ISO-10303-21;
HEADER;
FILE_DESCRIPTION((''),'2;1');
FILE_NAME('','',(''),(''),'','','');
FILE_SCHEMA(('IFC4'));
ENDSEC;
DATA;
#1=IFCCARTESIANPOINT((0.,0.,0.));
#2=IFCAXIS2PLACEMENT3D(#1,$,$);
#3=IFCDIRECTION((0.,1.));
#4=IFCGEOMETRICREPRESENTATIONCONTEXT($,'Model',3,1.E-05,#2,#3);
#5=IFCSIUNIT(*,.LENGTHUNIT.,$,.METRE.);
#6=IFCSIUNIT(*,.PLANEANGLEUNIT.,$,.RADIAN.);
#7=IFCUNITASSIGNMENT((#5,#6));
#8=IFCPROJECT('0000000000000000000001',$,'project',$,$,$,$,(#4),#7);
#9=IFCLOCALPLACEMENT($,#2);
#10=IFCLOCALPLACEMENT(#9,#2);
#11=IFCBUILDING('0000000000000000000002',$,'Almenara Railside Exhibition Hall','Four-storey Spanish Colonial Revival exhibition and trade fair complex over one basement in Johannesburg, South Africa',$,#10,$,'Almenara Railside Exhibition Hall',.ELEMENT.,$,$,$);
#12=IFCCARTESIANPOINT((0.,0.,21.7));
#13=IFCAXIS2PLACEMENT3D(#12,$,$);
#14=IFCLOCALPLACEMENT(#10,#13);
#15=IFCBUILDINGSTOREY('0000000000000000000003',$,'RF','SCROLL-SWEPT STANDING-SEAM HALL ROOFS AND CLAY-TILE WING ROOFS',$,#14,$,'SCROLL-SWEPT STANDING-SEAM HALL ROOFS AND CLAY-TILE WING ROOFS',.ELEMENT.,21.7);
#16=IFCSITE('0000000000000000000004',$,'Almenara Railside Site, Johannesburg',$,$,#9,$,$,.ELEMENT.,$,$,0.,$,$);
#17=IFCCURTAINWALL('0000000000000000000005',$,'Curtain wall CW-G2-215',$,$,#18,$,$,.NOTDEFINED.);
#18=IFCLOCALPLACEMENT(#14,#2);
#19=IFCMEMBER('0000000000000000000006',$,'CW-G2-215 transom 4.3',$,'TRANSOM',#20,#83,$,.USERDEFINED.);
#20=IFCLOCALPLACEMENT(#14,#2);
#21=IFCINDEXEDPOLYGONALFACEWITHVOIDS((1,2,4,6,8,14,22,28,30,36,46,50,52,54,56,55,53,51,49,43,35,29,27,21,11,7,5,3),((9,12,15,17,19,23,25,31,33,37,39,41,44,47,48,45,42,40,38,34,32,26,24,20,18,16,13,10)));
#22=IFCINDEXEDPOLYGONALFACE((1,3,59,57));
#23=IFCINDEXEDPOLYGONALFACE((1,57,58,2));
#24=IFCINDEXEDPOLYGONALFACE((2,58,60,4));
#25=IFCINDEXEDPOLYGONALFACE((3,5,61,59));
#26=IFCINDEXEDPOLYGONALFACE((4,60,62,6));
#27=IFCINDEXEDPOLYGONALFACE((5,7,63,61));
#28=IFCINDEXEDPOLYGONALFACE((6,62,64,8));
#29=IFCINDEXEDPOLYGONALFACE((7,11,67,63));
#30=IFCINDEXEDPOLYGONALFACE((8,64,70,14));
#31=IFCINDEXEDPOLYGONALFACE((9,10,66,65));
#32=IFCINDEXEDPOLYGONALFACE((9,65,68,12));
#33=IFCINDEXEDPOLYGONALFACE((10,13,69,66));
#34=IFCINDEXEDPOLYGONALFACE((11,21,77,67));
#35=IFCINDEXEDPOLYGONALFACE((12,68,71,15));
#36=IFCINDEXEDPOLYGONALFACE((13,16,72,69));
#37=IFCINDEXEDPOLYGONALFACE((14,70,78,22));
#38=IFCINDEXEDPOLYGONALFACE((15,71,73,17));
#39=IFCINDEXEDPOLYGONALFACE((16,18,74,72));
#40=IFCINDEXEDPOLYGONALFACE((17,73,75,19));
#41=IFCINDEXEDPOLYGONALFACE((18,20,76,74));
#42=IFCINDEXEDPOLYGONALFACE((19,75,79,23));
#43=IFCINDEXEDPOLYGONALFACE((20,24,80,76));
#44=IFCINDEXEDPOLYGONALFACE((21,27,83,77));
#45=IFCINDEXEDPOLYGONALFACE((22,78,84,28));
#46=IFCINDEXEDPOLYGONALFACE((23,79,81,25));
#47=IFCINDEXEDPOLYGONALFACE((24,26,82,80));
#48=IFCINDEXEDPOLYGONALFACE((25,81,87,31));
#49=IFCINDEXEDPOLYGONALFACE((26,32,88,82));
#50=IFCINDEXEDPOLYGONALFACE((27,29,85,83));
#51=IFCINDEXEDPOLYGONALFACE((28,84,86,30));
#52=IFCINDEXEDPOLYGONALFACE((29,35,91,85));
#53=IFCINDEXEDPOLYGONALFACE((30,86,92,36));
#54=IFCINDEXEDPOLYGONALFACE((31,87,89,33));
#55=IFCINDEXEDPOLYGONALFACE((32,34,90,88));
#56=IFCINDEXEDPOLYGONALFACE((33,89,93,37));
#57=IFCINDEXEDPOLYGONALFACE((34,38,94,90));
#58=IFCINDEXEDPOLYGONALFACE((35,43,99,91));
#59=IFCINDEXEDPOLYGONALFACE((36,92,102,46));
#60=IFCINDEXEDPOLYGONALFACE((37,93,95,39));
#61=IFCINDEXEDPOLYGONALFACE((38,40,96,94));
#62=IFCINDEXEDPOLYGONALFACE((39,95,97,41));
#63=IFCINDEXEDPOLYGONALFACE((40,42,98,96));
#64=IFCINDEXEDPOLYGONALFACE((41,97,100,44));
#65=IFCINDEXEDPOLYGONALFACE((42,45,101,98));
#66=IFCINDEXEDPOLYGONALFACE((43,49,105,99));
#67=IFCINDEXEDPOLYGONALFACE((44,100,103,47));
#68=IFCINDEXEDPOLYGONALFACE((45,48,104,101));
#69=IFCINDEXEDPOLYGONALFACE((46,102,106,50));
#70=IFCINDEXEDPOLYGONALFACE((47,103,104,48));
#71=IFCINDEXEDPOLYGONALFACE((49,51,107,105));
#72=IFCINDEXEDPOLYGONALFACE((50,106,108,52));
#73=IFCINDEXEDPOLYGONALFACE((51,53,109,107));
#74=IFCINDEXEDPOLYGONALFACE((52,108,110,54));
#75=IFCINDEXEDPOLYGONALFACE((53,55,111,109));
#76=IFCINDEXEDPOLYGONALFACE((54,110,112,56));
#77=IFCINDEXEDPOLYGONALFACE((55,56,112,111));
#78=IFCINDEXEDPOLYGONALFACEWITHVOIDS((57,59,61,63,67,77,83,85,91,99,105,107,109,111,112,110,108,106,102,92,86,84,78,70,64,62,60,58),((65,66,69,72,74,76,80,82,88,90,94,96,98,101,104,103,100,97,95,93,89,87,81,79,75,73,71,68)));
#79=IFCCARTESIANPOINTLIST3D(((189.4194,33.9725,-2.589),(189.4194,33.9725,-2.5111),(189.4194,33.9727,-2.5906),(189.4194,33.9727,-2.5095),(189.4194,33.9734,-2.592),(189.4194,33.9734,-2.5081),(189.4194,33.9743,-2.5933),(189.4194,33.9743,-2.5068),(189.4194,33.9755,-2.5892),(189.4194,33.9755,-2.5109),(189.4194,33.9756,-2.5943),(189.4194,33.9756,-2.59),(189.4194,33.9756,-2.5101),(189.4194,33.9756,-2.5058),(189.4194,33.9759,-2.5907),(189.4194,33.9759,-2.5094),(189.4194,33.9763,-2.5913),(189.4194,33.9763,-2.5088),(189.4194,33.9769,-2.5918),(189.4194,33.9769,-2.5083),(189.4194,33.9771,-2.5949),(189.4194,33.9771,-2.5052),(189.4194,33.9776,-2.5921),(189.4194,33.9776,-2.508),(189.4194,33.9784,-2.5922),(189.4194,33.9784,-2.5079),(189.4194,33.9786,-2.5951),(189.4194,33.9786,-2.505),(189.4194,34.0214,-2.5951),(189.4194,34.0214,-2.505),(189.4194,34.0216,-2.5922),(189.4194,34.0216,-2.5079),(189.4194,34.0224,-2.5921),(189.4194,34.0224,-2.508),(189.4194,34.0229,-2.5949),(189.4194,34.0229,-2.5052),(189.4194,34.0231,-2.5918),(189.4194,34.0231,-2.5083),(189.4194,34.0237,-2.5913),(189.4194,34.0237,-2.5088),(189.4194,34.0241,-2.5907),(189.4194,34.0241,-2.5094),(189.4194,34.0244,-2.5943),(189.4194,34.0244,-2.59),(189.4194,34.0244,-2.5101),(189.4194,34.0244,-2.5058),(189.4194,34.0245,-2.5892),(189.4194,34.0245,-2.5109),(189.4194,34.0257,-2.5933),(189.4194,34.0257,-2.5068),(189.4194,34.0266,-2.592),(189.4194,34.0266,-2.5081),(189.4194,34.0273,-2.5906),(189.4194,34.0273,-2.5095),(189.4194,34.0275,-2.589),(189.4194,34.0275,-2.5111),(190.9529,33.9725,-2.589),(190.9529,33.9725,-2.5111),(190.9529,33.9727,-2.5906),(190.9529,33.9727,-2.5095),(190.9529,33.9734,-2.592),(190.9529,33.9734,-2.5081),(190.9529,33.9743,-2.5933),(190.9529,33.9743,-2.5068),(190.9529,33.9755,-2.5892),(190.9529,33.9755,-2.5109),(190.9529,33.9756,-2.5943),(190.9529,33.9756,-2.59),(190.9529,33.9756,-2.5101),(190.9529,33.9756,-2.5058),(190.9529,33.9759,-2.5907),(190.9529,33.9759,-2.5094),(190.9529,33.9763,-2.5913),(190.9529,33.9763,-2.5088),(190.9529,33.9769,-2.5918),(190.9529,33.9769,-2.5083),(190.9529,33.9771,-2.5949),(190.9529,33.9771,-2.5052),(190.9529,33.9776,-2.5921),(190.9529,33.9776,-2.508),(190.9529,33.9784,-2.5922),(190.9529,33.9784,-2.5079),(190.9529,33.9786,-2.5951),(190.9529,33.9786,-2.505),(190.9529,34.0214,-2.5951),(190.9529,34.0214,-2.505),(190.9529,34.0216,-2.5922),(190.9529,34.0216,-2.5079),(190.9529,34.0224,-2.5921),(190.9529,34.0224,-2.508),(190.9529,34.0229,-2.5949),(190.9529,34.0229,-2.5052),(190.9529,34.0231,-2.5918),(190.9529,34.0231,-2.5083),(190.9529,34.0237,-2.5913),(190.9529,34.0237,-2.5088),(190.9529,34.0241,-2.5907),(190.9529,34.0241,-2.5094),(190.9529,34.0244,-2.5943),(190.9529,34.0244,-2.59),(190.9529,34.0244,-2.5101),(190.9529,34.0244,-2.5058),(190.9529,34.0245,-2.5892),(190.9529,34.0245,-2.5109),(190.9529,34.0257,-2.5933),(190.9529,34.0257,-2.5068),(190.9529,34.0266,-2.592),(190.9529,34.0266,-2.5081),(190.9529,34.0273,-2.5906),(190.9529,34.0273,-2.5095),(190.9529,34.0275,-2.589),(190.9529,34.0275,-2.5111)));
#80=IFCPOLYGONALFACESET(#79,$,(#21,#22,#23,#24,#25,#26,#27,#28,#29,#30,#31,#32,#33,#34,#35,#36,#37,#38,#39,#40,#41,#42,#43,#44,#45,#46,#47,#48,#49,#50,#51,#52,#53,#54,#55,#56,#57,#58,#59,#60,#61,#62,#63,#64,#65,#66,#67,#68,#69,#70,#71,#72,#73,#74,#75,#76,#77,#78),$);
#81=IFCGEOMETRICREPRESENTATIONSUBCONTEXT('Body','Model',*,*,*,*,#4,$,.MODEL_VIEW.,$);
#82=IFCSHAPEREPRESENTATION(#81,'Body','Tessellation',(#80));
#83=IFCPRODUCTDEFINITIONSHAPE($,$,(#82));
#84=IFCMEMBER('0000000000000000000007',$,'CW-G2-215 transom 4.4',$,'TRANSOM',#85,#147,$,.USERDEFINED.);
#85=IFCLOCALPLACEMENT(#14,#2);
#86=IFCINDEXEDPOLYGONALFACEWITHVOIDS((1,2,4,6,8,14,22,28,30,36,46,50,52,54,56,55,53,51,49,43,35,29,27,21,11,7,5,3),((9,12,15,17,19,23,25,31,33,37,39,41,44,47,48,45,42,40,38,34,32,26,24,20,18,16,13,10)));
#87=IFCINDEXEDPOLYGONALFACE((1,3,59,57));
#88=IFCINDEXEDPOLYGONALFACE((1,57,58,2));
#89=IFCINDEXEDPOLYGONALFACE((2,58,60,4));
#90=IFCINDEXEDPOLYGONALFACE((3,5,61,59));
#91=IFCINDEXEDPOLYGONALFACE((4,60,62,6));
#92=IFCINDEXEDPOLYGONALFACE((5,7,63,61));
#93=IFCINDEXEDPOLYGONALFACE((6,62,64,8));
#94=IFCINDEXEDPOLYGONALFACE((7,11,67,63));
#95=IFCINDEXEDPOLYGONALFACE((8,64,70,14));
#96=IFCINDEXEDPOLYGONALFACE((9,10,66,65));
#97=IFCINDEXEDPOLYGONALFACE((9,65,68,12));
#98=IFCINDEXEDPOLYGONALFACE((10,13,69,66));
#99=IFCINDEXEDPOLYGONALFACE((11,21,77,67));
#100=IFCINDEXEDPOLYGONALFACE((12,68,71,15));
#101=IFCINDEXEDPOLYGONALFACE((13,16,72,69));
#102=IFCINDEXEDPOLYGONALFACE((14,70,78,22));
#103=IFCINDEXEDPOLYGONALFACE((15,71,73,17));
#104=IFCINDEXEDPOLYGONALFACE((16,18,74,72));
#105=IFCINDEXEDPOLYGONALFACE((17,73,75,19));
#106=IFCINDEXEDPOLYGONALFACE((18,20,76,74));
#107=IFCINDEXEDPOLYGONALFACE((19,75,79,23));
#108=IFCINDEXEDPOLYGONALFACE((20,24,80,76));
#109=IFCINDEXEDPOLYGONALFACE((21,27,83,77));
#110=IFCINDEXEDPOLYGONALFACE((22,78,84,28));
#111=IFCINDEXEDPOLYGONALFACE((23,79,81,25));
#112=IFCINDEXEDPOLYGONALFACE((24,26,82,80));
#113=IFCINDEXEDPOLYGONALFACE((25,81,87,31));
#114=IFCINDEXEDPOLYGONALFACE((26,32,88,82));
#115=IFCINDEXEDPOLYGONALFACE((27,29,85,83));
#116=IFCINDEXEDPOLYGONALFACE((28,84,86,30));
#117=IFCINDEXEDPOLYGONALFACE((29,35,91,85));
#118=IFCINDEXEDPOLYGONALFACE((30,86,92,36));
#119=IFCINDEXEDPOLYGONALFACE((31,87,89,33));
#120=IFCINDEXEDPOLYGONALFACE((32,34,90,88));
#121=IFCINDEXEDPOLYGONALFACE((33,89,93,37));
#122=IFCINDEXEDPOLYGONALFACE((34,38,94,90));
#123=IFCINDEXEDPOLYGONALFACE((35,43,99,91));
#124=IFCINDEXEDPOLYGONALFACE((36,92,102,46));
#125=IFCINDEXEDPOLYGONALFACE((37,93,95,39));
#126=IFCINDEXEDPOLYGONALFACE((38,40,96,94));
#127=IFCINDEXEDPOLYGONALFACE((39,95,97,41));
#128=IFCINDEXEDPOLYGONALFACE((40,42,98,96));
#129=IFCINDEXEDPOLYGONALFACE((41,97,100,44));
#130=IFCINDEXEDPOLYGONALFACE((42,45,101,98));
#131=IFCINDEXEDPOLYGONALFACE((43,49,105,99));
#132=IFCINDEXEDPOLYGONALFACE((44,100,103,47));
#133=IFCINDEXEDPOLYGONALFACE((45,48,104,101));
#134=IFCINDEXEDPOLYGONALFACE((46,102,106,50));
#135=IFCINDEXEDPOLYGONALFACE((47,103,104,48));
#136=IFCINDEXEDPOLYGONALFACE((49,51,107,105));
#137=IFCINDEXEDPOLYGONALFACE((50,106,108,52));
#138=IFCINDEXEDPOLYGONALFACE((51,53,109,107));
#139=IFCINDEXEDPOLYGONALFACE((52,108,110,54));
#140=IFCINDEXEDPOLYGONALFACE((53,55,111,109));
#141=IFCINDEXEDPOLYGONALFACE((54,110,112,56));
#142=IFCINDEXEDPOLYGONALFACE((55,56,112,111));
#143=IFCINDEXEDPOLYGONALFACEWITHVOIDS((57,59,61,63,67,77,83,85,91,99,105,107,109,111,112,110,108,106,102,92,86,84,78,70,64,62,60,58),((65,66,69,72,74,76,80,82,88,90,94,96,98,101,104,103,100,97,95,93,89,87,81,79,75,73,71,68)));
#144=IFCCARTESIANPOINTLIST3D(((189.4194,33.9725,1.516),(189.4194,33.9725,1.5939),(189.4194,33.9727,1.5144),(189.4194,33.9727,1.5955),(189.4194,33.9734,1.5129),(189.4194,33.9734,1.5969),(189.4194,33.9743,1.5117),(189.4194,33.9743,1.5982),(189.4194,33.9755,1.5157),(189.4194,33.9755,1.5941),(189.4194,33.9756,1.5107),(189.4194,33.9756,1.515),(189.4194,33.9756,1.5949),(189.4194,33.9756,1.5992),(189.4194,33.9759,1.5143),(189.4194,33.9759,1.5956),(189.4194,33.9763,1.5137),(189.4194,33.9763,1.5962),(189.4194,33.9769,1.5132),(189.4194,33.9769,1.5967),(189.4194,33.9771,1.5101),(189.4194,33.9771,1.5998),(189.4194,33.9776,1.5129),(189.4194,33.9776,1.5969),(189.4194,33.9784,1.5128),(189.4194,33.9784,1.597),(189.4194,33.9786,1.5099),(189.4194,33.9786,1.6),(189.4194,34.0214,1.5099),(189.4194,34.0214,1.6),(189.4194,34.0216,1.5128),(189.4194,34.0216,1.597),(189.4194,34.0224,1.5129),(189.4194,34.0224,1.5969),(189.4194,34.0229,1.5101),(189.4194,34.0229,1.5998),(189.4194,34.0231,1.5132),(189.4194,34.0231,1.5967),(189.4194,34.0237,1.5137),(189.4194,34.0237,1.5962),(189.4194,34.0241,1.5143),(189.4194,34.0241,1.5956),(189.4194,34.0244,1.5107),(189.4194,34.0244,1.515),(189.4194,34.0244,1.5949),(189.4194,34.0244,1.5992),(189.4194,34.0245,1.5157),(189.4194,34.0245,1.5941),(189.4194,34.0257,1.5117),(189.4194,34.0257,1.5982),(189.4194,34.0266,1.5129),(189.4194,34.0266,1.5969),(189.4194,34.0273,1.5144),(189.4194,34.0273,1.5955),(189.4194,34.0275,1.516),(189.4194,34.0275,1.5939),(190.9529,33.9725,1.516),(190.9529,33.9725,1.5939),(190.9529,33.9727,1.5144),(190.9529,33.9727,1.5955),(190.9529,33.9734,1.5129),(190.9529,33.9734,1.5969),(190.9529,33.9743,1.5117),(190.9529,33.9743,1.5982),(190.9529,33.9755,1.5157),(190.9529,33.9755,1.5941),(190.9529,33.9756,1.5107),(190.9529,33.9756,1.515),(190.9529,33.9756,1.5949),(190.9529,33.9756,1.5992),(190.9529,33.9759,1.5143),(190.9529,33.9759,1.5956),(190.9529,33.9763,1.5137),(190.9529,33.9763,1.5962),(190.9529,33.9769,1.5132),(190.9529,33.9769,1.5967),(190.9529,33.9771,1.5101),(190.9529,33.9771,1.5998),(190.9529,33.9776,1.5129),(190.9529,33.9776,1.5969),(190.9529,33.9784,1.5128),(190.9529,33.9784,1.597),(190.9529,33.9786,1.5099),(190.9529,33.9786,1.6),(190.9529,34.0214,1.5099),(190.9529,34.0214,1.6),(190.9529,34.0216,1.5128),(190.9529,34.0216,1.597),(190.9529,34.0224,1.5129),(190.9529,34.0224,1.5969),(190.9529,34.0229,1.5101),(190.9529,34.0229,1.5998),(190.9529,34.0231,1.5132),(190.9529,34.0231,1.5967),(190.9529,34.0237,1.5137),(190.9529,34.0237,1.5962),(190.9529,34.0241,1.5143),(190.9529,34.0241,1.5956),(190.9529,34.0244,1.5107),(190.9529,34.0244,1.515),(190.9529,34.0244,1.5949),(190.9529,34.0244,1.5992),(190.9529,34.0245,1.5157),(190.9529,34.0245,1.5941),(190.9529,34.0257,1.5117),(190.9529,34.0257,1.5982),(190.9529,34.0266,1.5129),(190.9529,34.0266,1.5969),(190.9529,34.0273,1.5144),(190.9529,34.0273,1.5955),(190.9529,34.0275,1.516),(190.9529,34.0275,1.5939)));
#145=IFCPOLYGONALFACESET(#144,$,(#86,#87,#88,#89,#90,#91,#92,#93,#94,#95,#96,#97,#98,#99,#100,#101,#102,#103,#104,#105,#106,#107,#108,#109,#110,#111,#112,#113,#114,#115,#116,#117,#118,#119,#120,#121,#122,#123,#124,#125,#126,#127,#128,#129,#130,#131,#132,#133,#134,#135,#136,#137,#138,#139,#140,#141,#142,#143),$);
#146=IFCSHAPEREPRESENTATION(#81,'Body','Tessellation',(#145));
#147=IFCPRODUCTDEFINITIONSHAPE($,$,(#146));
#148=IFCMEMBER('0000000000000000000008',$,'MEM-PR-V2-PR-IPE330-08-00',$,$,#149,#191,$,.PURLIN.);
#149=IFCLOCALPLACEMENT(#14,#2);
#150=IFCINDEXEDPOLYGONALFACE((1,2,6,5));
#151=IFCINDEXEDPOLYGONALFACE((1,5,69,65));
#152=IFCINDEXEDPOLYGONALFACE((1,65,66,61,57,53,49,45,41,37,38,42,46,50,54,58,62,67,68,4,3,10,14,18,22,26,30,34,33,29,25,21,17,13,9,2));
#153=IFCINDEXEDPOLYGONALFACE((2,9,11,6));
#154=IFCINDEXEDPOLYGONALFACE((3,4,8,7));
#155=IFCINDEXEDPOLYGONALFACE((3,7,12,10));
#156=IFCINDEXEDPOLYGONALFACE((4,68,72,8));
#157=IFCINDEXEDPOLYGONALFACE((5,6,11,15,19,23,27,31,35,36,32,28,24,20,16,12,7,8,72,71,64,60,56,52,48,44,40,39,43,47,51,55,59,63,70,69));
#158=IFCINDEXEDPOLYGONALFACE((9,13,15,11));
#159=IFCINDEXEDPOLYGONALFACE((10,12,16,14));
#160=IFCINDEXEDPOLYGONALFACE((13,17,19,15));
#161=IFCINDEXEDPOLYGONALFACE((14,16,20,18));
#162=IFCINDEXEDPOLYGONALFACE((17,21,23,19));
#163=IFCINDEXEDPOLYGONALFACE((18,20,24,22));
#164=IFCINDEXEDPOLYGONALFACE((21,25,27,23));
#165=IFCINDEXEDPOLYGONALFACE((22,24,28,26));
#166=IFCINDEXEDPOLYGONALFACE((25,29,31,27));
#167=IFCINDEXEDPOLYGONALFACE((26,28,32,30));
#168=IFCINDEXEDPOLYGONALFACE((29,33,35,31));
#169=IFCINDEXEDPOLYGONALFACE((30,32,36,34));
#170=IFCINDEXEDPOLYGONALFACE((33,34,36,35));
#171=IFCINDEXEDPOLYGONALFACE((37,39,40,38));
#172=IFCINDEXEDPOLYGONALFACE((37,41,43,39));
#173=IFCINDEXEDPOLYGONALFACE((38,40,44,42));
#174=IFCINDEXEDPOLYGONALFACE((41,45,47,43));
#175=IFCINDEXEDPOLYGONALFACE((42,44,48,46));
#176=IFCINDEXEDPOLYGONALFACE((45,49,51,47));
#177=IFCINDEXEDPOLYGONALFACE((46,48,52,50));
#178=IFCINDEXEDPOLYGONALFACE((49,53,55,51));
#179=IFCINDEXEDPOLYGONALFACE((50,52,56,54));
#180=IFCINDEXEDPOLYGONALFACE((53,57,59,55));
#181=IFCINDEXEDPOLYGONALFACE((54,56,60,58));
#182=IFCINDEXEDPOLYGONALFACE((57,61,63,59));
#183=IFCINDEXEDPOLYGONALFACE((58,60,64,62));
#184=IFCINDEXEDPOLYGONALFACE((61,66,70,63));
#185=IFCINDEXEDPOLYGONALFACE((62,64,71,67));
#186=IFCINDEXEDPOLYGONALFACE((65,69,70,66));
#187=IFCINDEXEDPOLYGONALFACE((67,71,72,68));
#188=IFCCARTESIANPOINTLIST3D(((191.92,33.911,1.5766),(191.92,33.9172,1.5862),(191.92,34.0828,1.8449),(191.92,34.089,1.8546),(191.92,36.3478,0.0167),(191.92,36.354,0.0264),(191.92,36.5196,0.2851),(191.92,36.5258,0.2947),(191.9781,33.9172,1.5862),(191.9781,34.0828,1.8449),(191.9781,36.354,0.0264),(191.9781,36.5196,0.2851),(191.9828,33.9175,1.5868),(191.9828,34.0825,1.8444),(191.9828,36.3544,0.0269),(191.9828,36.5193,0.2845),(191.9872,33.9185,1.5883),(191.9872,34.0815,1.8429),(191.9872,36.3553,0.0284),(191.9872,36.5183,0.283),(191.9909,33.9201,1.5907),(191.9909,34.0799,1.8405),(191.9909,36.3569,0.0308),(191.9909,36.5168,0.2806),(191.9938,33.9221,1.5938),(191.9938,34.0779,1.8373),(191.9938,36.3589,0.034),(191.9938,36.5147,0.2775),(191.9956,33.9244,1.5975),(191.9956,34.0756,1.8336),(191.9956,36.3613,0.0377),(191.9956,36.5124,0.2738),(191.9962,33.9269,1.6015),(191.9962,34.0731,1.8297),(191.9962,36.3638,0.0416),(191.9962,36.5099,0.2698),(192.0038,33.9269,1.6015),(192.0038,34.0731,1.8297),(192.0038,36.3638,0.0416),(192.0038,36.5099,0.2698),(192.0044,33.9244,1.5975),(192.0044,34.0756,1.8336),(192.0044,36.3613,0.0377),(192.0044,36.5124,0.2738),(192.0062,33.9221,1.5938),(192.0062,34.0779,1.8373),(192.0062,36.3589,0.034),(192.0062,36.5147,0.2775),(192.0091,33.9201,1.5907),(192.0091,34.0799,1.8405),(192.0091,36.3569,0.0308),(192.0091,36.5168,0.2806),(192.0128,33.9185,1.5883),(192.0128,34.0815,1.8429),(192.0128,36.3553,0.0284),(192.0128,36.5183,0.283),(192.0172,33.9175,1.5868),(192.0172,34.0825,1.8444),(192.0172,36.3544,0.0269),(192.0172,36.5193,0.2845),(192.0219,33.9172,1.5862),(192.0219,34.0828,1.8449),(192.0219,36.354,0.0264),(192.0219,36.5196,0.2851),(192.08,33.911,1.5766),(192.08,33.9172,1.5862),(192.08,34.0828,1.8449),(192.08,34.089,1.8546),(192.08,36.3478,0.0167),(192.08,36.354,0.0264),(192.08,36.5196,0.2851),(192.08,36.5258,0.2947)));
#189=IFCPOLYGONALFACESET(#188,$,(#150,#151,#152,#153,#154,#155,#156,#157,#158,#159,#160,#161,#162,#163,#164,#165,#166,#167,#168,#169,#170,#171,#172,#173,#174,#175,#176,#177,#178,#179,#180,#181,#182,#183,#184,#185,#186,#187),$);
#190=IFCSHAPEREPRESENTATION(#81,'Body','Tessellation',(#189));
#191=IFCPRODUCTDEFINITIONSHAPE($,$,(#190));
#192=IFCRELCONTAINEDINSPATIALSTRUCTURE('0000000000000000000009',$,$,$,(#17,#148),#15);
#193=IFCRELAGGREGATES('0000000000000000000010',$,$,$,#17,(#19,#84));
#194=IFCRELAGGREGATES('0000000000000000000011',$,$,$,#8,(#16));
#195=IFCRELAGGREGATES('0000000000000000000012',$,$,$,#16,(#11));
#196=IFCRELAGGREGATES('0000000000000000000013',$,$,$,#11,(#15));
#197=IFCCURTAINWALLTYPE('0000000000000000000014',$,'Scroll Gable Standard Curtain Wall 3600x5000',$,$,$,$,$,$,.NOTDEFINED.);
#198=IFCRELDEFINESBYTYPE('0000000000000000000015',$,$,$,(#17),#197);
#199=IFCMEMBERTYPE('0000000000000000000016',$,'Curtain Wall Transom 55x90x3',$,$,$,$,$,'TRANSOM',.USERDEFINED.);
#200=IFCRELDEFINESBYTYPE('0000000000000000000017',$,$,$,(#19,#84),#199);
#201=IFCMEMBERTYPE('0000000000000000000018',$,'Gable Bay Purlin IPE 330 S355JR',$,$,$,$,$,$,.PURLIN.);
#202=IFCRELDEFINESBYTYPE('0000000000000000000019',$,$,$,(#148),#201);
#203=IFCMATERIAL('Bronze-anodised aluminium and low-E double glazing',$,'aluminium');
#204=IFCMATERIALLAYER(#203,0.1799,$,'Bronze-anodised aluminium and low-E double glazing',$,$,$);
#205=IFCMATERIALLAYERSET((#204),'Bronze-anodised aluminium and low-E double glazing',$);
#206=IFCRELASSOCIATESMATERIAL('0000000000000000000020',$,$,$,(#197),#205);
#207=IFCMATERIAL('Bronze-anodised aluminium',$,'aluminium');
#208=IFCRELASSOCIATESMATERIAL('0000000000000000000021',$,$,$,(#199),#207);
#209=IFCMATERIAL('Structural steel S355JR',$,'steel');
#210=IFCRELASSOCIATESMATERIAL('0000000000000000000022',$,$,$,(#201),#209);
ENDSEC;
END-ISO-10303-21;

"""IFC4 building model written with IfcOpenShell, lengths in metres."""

from ifc_helpers import new_model, si_unit, direction, frame, origin, origin_2d, place, context, subcontext, project, spatial, hollow_rectangle, i_section, extrude, material, layer, layer_set, material_profile, profile_set, type_object, element, aggregate, save


model = new_model("IFC4")

# Units and contexts
model_context = context("Model", 3, precision=1e-05, world=origin(), true_north=direction((0.0, 1.0)))
body_context = subcontext(model_context, "Body", "Model", "MODEL_VIEW")
ifc_project = project(units=[si_unit("LENGTHUNIT", "METRE"), si_unit("PLANEANGLEUNIT", "RADIAN")], contexts=[model_context])

# Site, building, storey
site_placement = place(None, origin())
site = spatial("IfcSite", under=ifc_project, at=site_placement, Name="Almenara Railside Site, Johannesburg", CompositionType="ELEMENT", RefElevation=0.0)
building_placement = place(site_placement, origin())
building = spatial("IfcBuilding", under=site, at=building_placement, Name="Almenara Railside Exhibition Hall", Description="Four-storey Spanish Colonial Revival exhibition and trade fair complex over one basement in Johannesburg, South Africa", LongName="Almenara Railside Exhibition Hall", CompositionType="ELEMENT")
storey_placement = place(building_placement, frame((0.0, 0.0, 21.7)))
storey = spatial("IfcBuildingStorey", under=building, at=storey_placement, Name="RF", Description="SCROLL-SWEPT STANDING-SEAM HALL ROOFS AND CLAY-TILE WING ROOFS", LongName="SCROLL-SWEPT STANDING-SEAM HALL ROOFS AND CLAY-TILE WING ROOFS", CompositionType="ELEMENT", Elevation=21.7)

# Shared definitions
ifc_material_1 = material(Name="Structural steel S355JR", Category="steel")

# Curtain wall, members
ifc_material_2 = material(Name="Bronze-anodised aluminium and low-E double glazing", Category="aluminium")
ifc_layer_1 = layer(ifc_material_2, 0.1799, Name="Bronze-anodised aluminium and low-E double glazing")
ifc_layer_set_1 = layer_set([ifc_layer_1], Name="Bronze-anodised aluminium and low-E double glazing")
curtain_wall_type = type_object("IfcCurtainWallType", Name="Scroll Gable Standard Curtain Wall 3600x5000", PredefinedType="NOTDEFINED", material=ifc_layer_set_1)
curtain_wall_placement = place(storey_placement, origin())
curtain_wall = element("IfcCurtainWall", 1, at=curtain_wall_placement, inside=storey, type_object=curtain_wall_type, Name="Curtain wall CW-G2-215", PredefinedType="NOTDEFINED")
ifc_material_3 = material(Name="Bronze-anodised aluminium", Category="aluminium")
ifc_material_profile_1 = material_profile(ifc_material_3, hollow_rectangle(XDim=0.0549, YDim=0.0901, WallThickness=0.0029, InnerFilletRadius=0.0029, OuterFilletRadius=0.0061, at=origin_2d()), Name="ALU-TRN 55x90x3")
ifc_profile_set_1 = profile_set([ifc_material_profile_1], Name="Bronze-anodised aluminium")
member_type_1 = type_object("IfcMemberType", Name="Curtain Wall Transom 55x90x3", ElementType="TRANSOM", PredefinedType="USERDEFINED", material=ifc_profile_set_1)
member_1_placement = place(storey_placement, frame((189.4194, 34.0, -2.55), z_axis=(1.0, 0.0, 0.0), x_axis=(0.0, 1.0, 0.0)))
member_1 = element("IfcMember", 2, at=member_1_placement, type_object=member_type_1, Name="CW-G2-215 transom 4.3", ObjectType="TRANSOM", PredefinedType="USERDEFINED", context=body_context, shape_type="SweptSolid", body=[
    extrude(hollow_rectangle(XDim=0.0549, YDim=0.0901, WallThickness=0.0029, InnerFilletRadius=0.0029, OuterFilletRadius=0.0061, at=origin_2d()), origin(), (0.0, 0.0, 1.0), 1.5334),
])
member_2_placement = place(storey_placement, frame((189.4194, 34.0, 1.5549), z_axis=(1.0, 0.0, 0.0), x_axis=(0.0, 1.0, 0.0)))
member_2 = element("IfcMember", 3, at=member_2_placement, type_object=member_type_1, Name="CW-G2-215 transom 4.4", ObjectType="TRANSOM", PredefinedType="USERDEFINED", context=body_context, shape_type="SweptSolid", body=[
    extrude(hollow_rectangle(XDim=0.0549, YDim=0.0901, WallThickness=0.0029, InnerFilletRadius=0.0029, OuterFilletRadius=0.0061, at=origin_2d()), origin(), (0.0, 0.0, 1.0), 1.5334),
])

# Member
ifc_material_profile_2 = material_profile(ifc_material_1, i_section(OverallWidth=0.1599, OverallDepth=0.3301, WebThickness=0.0076, FlangeThickness=0.0115, FilletRadius=0.0181, at=origin_2d()), Name="IPE 330")
ifc_profile_set_2 = profile_set([ifc_material_profile_2], Name="Structural steel S355JR")
member_type_2 = type_object("IfcMemberType", Name="Gable Bay Purlin IPE 330 S355JR", PredefinedType="PURLIN", material=ifc_profile_set_2)
member_3_placement = place(storey_placement, frame((192.0, 34.0, 1.7156), z_axis=(0.0, 0.842227, -0.539123), x_axis=(-1.0, 0.0, 0.0)))
element("IfcMember", 4, at=member_3_placement, inside=storey, type_object=member_type_2, Name="MEM-PR-V2-PR-IPE330-08-00", PredefinedType="PURLIN", context=body_context, shape_type="SweptSolid", body=[
    extrude(i_section(OverallWidth=0.1599, OverallDepth=0.3301, WebThickness=0.0076, FlangeThickness=0.0115, FilletRadius=0.0181, at=origin_2d()), origin(), (0.0, 0.0, 1.0), 2.8933),
])

aggregate(curtain_wall, [member_1, member_2])

save(model, "model.ifc")
